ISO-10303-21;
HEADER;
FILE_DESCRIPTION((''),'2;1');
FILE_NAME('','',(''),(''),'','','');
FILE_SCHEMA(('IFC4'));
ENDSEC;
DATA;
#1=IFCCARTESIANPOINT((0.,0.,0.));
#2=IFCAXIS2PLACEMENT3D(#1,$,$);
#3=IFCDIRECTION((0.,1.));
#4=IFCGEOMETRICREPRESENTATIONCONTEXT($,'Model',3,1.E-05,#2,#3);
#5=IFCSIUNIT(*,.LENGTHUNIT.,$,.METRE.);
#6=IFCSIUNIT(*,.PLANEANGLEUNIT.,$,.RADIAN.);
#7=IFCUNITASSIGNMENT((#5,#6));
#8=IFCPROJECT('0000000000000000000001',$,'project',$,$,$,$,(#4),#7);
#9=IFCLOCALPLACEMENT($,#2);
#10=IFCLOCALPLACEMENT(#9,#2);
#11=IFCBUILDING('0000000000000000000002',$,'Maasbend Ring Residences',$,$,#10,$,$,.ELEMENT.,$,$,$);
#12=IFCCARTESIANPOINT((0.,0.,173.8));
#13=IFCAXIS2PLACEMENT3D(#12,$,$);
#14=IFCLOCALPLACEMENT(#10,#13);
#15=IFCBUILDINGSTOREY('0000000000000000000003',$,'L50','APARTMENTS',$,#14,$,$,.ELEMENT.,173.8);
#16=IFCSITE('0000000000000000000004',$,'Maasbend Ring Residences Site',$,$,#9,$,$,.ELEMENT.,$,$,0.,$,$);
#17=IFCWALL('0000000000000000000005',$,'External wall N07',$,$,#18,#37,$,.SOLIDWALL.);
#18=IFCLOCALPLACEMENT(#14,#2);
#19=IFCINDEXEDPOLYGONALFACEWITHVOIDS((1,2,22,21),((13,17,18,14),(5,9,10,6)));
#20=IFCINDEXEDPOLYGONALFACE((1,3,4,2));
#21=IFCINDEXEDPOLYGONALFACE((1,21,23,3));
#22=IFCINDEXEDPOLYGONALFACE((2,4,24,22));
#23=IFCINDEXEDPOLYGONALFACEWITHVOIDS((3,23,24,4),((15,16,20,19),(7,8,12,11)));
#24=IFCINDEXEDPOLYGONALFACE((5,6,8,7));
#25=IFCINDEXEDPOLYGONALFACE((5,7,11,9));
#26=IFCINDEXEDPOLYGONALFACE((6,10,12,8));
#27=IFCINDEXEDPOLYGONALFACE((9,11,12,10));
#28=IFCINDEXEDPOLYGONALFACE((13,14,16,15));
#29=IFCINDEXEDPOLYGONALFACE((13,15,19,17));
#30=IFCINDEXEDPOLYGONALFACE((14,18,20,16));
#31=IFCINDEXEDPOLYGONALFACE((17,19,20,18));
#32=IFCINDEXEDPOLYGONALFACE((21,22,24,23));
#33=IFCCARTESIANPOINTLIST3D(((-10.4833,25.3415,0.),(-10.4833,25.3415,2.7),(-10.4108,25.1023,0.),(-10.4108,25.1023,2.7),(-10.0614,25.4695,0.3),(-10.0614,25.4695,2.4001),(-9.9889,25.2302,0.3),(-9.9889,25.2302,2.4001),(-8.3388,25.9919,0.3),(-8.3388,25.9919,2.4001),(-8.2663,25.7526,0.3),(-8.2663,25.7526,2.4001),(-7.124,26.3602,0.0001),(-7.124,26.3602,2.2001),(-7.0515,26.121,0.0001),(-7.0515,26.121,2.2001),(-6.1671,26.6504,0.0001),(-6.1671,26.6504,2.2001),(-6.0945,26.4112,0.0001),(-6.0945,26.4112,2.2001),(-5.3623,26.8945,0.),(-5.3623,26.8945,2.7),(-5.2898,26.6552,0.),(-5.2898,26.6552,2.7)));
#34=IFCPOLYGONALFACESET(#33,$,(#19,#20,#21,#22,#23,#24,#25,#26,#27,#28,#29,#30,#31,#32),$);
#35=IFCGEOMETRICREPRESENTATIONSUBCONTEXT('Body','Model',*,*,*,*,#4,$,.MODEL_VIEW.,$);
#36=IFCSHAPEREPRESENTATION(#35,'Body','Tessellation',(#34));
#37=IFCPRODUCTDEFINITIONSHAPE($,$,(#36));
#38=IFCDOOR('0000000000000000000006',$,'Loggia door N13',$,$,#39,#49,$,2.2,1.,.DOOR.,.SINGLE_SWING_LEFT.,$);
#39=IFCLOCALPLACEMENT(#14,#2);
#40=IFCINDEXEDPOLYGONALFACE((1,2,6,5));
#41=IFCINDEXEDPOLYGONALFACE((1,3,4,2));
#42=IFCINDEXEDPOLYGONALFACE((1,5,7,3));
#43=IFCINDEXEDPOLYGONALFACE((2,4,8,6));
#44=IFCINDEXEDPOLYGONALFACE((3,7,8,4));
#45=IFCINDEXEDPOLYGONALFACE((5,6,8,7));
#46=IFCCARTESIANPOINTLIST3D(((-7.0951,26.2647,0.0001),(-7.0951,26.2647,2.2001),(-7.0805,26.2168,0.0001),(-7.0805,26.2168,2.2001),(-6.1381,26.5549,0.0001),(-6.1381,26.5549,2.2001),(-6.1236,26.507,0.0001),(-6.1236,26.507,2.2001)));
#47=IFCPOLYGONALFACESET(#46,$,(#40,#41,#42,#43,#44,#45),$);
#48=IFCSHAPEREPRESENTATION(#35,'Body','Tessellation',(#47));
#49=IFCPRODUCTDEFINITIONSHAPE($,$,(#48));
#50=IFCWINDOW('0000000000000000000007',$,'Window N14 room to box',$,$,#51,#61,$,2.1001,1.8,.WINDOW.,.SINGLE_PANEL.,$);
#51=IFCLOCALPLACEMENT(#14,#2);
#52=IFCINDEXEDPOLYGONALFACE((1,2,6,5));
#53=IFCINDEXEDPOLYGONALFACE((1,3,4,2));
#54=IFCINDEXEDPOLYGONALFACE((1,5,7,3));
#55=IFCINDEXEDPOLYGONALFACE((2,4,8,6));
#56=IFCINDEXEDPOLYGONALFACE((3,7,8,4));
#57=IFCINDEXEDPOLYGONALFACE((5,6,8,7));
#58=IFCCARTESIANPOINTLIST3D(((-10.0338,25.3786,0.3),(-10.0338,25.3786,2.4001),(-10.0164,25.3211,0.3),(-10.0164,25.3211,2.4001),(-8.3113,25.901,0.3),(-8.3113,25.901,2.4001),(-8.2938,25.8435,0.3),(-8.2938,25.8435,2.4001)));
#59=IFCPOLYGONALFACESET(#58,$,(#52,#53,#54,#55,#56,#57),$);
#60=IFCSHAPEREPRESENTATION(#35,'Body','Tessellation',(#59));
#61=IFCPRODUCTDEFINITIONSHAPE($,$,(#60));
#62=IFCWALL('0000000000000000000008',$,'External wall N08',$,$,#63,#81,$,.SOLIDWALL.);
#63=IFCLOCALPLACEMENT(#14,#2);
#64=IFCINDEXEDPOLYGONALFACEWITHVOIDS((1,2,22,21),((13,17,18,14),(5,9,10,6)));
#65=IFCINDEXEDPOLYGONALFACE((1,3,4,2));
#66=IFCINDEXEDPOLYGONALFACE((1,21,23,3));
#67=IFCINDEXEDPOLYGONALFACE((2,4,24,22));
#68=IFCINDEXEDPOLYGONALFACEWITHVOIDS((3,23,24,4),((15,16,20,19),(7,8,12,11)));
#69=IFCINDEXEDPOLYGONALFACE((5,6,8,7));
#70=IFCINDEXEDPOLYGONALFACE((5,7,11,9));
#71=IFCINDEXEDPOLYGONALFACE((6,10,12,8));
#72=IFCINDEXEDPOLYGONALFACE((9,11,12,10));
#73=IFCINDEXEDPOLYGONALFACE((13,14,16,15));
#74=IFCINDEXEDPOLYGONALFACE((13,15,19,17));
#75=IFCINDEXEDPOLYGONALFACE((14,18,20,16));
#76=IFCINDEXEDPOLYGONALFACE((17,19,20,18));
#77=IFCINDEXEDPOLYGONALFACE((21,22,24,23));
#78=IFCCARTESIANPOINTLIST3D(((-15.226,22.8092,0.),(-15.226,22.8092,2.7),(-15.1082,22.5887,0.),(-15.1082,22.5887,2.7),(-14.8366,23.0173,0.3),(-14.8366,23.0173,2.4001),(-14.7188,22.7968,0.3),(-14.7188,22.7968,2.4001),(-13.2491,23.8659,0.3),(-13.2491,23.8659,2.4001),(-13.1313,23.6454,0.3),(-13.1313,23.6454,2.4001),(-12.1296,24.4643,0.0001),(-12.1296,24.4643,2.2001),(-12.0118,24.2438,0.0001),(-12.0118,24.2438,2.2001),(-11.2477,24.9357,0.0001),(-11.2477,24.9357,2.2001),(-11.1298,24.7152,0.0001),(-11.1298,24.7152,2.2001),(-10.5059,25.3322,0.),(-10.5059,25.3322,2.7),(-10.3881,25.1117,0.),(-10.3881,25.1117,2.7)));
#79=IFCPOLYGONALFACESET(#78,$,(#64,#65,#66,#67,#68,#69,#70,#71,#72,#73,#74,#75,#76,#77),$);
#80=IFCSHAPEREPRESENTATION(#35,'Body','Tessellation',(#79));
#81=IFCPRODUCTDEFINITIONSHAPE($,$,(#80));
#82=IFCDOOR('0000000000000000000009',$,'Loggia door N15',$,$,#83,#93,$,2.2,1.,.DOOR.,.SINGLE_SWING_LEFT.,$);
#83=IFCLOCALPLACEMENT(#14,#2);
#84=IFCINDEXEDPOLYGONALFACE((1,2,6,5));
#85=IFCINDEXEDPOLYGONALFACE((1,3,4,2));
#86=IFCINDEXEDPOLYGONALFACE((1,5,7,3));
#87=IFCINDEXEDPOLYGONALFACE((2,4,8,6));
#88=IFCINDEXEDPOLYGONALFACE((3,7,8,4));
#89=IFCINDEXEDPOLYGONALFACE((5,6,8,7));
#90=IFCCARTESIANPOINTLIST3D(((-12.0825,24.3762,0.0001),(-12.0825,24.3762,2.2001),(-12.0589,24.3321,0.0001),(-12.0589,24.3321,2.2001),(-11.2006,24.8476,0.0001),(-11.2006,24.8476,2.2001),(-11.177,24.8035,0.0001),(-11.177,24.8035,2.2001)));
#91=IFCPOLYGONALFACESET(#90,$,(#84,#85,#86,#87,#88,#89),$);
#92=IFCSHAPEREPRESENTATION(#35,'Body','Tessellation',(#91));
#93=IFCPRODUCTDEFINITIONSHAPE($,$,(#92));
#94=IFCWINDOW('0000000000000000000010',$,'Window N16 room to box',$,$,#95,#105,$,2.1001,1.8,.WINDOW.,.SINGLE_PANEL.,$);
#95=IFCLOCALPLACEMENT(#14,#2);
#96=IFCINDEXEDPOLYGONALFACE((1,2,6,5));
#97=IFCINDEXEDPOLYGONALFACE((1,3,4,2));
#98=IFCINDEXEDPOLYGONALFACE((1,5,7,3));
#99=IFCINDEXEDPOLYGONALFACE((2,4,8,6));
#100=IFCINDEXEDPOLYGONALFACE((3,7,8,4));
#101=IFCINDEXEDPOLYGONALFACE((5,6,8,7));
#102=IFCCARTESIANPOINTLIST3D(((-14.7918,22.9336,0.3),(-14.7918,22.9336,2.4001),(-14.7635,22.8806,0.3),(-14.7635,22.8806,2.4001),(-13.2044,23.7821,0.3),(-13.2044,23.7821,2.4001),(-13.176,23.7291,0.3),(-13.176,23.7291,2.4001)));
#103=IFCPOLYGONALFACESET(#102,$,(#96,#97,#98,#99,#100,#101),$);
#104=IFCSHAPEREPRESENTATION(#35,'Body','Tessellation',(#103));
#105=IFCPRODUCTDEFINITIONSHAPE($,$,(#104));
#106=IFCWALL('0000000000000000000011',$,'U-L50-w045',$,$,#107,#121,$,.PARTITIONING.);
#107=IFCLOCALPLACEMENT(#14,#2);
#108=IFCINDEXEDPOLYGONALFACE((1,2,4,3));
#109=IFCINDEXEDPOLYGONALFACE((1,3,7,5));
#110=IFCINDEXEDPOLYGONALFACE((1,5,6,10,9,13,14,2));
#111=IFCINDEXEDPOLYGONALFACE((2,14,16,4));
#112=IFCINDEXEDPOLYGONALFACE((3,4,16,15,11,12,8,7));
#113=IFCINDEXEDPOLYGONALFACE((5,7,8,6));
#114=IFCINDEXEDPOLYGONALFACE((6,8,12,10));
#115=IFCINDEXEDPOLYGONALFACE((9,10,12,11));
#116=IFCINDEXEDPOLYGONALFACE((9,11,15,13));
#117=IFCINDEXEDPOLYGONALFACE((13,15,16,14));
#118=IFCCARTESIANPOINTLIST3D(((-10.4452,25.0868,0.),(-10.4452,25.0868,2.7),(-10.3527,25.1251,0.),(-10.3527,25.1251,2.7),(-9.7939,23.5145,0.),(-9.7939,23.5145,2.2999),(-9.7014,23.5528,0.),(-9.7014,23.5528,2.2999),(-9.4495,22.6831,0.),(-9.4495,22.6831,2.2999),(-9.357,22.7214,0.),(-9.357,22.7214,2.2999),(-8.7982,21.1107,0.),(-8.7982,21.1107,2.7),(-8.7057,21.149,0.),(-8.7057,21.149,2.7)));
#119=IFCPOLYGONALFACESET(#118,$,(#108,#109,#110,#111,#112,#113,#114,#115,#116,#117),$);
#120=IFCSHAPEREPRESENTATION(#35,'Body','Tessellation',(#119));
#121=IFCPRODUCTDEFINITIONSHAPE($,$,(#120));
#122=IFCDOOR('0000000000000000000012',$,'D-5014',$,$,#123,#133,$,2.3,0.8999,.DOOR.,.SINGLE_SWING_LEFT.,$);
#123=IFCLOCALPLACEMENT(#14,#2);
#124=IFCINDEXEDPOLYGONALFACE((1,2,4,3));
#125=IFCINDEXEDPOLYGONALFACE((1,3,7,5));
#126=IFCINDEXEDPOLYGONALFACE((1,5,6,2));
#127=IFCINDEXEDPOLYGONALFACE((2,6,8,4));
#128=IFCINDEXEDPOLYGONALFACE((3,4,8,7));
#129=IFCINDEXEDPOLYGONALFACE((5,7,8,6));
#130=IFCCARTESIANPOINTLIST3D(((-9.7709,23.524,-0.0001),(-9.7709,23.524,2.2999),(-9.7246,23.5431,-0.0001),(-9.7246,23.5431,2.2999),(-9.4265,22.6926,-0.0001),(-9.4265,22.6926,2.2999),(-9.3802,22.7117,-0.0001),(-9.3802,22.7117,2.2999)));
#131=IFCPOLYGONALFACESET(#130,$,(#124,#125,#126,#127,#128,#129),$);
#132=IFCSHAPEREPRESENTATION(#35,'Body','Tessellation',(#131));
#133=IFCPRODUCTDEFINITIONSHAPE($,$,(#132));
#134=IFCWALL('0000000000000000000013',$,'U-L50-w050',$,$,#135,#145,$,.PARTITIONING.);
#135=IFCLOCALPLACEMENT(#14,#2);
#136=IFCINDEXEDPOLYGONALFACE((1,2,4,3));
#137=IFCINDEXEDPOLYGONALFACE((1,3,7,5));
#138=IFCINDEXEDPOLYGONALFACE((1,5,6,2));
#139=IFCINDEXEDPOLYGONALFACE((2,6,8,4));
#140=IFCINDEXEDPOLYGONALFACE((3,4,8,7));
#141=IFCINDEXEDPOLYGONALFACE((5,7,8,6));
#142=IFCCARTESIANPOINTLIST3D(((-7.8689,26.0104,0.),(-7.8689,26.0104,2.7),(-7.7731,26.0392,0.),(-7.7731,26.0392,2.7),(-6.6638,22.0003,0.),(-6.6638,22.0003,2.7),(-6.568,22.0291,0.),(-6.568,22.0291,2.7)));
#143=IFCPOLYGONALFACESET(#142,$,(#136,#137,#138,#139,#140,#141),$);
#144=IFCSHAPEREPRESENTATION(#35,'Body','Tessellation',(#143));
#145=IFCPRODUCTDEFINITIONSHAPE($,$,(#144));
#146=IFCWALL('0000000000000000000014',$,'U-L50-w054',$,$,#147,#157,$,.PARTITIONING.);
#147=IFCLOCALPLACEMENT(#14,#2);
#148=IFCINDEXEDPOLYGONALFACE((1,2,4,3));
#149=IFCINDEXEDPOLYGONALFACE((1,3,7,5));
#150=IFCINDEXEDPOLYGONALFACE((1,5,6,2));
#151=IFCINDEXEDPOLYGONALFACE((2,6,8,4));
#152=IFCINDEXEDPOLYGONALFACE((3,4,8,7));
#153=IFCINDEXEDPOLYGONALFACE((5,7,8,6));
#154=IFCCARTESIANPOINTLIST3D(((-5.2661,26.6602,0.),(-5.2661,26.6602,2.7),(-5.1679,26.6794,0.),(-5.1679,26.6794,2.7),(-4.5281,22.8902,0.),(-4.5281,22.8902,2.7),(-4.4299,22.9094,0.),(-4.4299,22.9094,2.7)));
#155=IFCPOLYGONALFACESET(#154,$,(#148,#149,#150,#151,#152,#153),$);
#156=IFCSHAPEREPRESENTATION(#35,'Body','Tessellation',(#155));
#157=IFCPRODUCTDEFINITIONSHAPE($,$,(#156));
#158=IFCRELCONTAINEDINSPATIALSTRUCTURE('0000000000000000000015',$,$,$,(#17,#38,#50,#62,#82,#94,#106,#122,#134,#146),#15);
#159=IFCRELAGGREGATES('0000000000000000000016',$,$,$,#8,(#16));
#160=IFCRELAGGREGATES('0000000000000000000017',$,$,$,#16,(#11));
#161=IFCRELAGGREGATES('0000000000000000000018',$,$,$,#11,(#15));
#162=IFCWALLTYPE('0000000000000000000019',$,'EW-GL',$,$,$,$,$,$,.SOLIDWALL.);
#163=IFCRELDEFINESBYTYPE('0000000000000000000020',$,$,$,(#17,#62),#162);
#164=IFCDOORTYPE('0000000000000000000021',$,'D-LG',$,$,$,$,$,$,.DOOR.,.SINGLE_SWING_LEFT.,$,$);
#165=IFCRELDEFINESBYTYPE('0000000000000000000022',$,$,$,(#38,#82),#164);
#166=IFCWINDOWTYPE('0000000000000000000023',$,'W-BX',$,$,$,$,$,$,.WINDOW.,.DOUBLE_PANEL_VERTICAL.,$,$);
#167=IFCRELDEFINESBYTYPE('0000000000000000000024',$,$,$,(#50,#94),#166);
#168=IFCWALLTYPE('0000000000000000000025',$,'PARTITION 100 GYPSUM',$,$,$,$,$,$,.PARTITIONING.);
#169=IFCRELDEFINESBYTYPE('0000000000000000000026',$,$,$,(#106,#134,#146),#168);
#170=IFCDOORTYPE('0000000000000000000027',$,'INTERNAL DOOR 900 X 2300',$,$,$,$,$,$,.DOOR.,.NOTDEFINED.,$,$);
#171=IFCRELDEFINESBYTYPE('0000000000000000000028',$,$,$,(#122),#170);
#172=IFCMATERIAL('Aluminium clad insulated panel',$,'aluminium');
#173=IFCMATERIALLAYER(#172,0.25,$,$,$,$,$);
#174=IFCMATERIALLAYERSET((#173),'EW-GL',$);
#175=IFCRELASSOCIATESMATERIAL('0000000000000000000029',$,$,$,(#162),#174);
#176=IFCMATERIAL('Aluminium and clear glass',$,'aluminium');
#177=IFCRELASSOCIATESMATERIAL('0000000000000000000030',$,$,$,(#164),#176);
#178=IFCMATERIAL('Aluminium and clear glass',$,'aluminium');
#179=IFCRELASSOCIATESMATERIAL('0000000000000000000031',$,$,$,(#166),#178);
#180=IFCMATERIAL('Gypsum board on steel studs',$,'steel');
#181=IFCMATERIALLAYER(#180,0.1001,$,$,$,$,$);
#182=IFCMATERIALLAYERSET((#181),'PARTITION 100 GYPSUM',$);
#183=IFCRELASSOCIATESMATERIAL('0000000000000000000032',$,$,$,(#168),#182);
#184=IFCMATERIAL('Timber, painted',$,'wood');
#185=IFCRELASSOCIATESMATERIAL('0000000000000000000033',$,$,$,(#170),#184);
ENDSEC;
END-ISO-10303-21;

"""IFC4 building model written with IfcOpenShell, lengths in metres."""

from ifc_helpers import new_model, si_unit, direction, frame, frame_2d, origin, place, context, subcontext, project, spatial, rectangle, extrude, material, layer, layer_set, type_object, element, fill, save


model = new_model("IFC4")

# Units and contexts
model_context = context("Model", 3, precision=1e-05, world=origin(), true_north=direction((0.0, 1.0)))
body_context = subcontext(model_context, "Body", "Model", "MODEL_VIEW")
ifc_project = project(units=[si_unit("LENGTHUNIT", "METRE"), si_unit("PLANEANGLEUNIT", "RADIAN")], contexts=[model_context])

# Site, building, storey
site_placement = place(None, origin())
site = spatial("IfcSite", under=ifc_project, at=site_placement, Name="Maasbend Ring Residences Site", CompositionType="ELEMENT", RefElevation=0.0)
building_placement = place(site_placement, origin())
building = spatial("IfcBuilding", under=site, at=building_placement, Name="Maasbend Ring Residences", CompositionType="ELEMENT")
storey_placement = place(building_placement, frame((0.0, 0.0, 173.8)))
storey = spatial("IfcBuildingStorey", under=building, at=storey_placement, Name="L50", Description="APARTMENTS", CompositionType="ELEMENT", Elevation=173.8)

# Walls, openings, doors, windows
ifc_material_1 = material(Name="Aluminium clad insulated panel", Category="aluminium")
ifc_layer_1 = layer(ifc_material_1, 0.25)
ifc_layer_set_1 = layer_set([ifc_layer_1], Name="EW-GL")
wall_type_1 = type_object("IfcWallType", Name="EW-GL", PredefinedType="SOLIDWALL", material=ifc_layer_set_1)
wall_1_placement = place(storey_placement, frame((-5.3259, 26.7749, 0.0), z_axis=(0.0, 0.0, 1.0), x_axis=(-0.956966, -0.290201, 0.0)))
wall_1 = element("IfcWall", 1, at=wall_1_placement, inside=storey, type_object=wall_type_1, Name="External wall N07", PredefinedType="SOLIDWALL", context=body_context, shape_type="SweptSolid", body=[
    extrude(rectangle(XDim=5.3513, YDim=0.25, at=frame_2d((2.6758, 0.0))), origin(), (0.0, 0.0, 1.0), 2.7),
])
opening_1_placement = place(wall_1_placement, frame((0.8411, 0.0, 0.0)))
opening_1 = element("IfcOpeningElement", 2, at=opening_1_placement, cuts=wall_1, PredefinedType="OPENING", context=body_context, shape_type="SweptSolid", body=[
    extrude(rectangle(XDim=1.0, YDim=2.2, at=frame_2d((0.5, 1.1001))), frame((0.0, 0.135, 0.0), z_axis=(0.0, -1.0, 0.0), x_axis=(1.0, 0.0, 0.0)), (0.0, 0.0, 1.0), 0.27),
])
opening_2_placement = place(wall_1_placement, frame((3.1106, 0.0, 0.3)))
opening_2 = element("IfcOpeningElement", 3, at=opening_2_placement, cuts=wall_1, PredefinedType="OPENING", context=body_context, shape_type="SweptSolid", body=[
    extrude(rectangle(XDim=1.8, YDim=2.1001, at=frame_2d((0.8999, 1.05))), frame((0.0, 0.135, 0.0), z_axis=(0.0, -1.0, 0.0), x_axis=(1.0, 0.0, 0.0)), (0.0, 0.0, 1.0), 0.27),
])
ifc_material_2 = material(Name="Aluminium and clear glass", Category="aluminium")
door_type_1 = type_object("IfcDoorType", Name="D-LG", OperationType="SINGLE_SWING_LEFT", PredefinedType="DOOR", material=ifc_material_2)
door_1_placement = place(opening_1_placement, origin())
door_1 = element("IfcDoor", 4, at=door_1_placement, inside=storey, type_object=door_type_1, Name="Loggia door N13", OperationType="SINGLE_SWING_LEFT", OverallHeight=2.2, OverallWidth=1.0, PredefinedType="DOOR", context=body_context, shape_type="SweptSolid", body=[
    extrude(rectangle(XDim=1.0, YDim=2.2, at=frame_2d((0.5, 1.1001))), frame((0.0, 0.0249, 0.0), z_axis=(0.0, -1.0, 0.0), x_axis=(1.0, 0.0, 0.0)), (0.0, 0.0, 1.0), 0.05),
])
fill(opening_1, door_1)
ifc_material_3 = material(Name="Aluminium and clear glass", Category="aluminium")
window_type_1 = type_object("IfcWindowType", Name="W-BX", PartitioningType="DOUBLE_PANEL_VERTICAL", PredefinedType="WINDOW", material=ifc_material_3)
window_1_placement = place(opening_2_placement, origin())
window_1 = element("IfcWindow", 5, at=window_1_placement, inside=storey, type_object=window_type_1, Name="Window N14 room to box", OverallHeight=2.1001, OverallWidth=1.8, PartitioningType="SINGLE_PANEL", PredefinedType="WINDOW", context=body_context, shape_type="SweptSolid", body=[
    extrude(rectangle(XDim=1.8, YDim=2.1001, at=frame_2d((0.8999, 1.05))), frame((0.0, 0.03, 0.0), z_axis=(0.0, -1.0, 0.0), x_axis=(1.0, 0.0, 0.0)), (0.0, 0.0, 1.0), 0.0601),
])
fill(opening_2, window_1)
wall_2_placement = place(storey_placement, frame((-10.447, 25.2219, 0.0), z_axis=(0.0, 0.0, 1.0), x_axis=(-0.881916, -0.471407, 0.0)))
wall_2 = element("IfcWall", 6, at=wall_2_placement, inside=storey, type_object=wall_type_1, Name="External wall N08", PredefinedType="SOLIDWALL", context=body_context, shape_type="SweptSolid", body=[
    extrude(rectangle(XDim=5.3521, YDim=0.25, at=frame_2d((2.676, 0.0))), origin(), (0.0, 0.0, 1.0), 2.7),
])
opening_3_placement = place(wall_2_placement, frame((0.8411, 0.0, 0.0)))
opening_3 = element("IfcOpeningElement", 7, at=opening_3_placement, cuts=wall_2, PredefinedType="OPENING", context=body_context, shape_type="SweptSolid", body=[
    extrude(rectangle(XDim=1.0, YDim=2.2, at=frame_2d((0.5, 1.1001))), frame((0.0, 0.135, 0.0), z_axis=(0.0, -1.0, 0.0), x_axis=(1.0, 0.0, 0.0)), (0.0, 0.0, 1.0), 0.27),
])
opening_4_placement = place(wall_2_placement, frame((3.1106, 0.0, 0.3)))
opening_4 = element("IfcOpeningElement", 8, at=opening_4_placement, cuts=wall_2, PredefinedType="OPENING", context=body_context, shape_type="SweptSolid", body=[
    extrude(rectangle(XDim=1.8, YDim=2.1001, at=frame_2d((0.8999, 1.05))), frame((0.0, 0.135, 0.0), z_axis=(0.0, -1.0, 0.0), x_axis=(1.0, 0.0, 0.0)), (0.0, 0.0, 1.0), 0.27),
])
door_2_placement = place(opening_3_placement, origin())
door_2 = element("IfcDoor", 9, at=door_2_placement, inside=storey, type_object=door_type_1, Name="Loggia door N15", OperationType="SINGLE_SWING_LEFT", OverallHeight=2.2, OverallWidth=1.0, PredefinedType="DOOR", context=body_context, shape_type="SweptSolid", body=[
    extrude(rectangle(XDim=1.0, YDim=2.2, at=frame_2d((0.5, 1.1001))), frame((0.0, 0.0249, 0.0), z_axis=(0.0, -1.0, 0.0), x_axis=(1.0, 0.0, 0.0)), (0.0, 0.0, 1.0), 0.05),
])
fill(opening_3, door_2)
window_2_placement = place(opening_4_placement, origin())
window_2 = element("IfcWindow", 10, at=window_2_placement, inside=storey, type_object=window_type_1, Name="Window N16 room to box", OverallHeight=2.1001, OverallWidth=1.8, PartitioningType="SINGLE_PANEL", PredefinedType="WINDOW", context=body_context, shape_type="SweptSolid", body=[
    extrude(rectangle(XDim=1.8, YDim=2.1001, at=frame_2d((0.8999, 1.05))), frame((0.0, 0.03, 0.0), z_axis=(0.0, -1.0, 0.0), x_axis=(1.0, 0.0, 0.0)), (0.0, 0.0, 1.0), 0.0601),
])
fill(opening_4, window_2)

# Wall, opening, door
ifc_material_4 = material(Name="Gypsum board on steel studs", Category="steel")
ifc_layer_2 = layer(ifc_material_4, 0.1001)
ifc_layer_set_2 = layer_set([ifc_layer_2], Name="PARTITION 100 GYPSUM")
wall_type_2 = type_object("IfcWallType", Name="PARTITION 100 GYPSUM", PredefinedType="PARTITIONING", material=ifc_layer_set_2)
wall_3_placement = place(storey_placement, frame((-10.3989, 25.106, 0.0), z_axis=(0.0, 0.0, 1.0), x_axis=(0.382689, -0.923877, 0.0)))
wall_3 = element("IfcWall", 11, at=wall_3_placement, inside=storey, type_object=wall_type_2, Name="U-L50-w045", PredefinedType="PARTITIONING", context=body_context, shape_type="SweptSolid", body=[
    extrude(rectangle(XDim=4.3037, YDim=0.1001, at=frame_2d((2.1519, 0.0))), origin(), (0.0, 0.0, 1.0), 2.7),
])
opening_5_placement = place(wall_3_placement, frame((1.7019, 0.0, 0.0)))
opening_5 = element("IfcOpeningElement", 12, at=opening_5_placement, cuts=wall_3, PredefinedType="OPENING", context=body_context, shape_type="SweptSolid", body=[
    extrude(rectangle(XDim=0.8999, YDim=2.3, at=frame_2d((0.45, 1.1499))), frame((0.0, 0.0601, 0.0), z_axis=(0.0, -1.0, 0.0), x_axis=(1.0, 0.0, 0.0)), (0.0, 0.0, 1.0), 0.1201),
])
ifc_material_5 = material(Name="Timber, painted", Category="wood")
door_type_2 = type_object("IfcDoorType", Name="INTERNAL DOOR 900 X 2300", OperationType="NOTDEFINED", PredefinedType="DOOR", material=ifc_material_5)
door_3_placement = place(opening_5_placement, origin())
door_3 = element("IfcDoor", 13, at=door_3_placement, inside=storey, type_object=door_type_2, Name="D-5014", OperationType="SINGLE_SWING_LEFT", OverallHeight=2.3, OverallWidth=0.8999, PredefinedType="DOOR", context=body_context, shape_type="SweptSolid", body=[
    extrude(rectangle(XDim=0.8999, YDim=2.3, at=frame_2d((0.45, 1.1499))), frame((0.0, 0.0249, 0.0), z_axis=(0.0, -1.0, 0.0), x_axis=(1.0, 0.0, 0.0)), (0.0, 0.0, 1.0), 0.05),
])
fill(opening_5, door_3)

# Walls
wall_4_placement = place(storey_placement, frame((-7.821, 26.0249, 0.0), z_axis=(0.0, 0.0, 1.0), x_axis=(0.287803, -0.95769, 0.0)))
element("IfcWall", 14, at=wall_4_placement, inside=storey, type_object=wall_type_2, Name="U-L50-w050", PredefinedType="PARTITIONING", context=body_context, shape_type="SweptSolid", body=[
    extrude(rectangle(XDim=4.1873, YDim=0.1001, at=frame_2d((2.0938, 0.0))), origin(), (0.0, 0.0, 1.0), 2.7),
])
wall_5_placement = place(storey_placement, frame((-5.217, 26.6699, 0.0), z_axis=(0.0, 0.0, 1.0), x_axis=(0.192118, -0.981372, 0.0)))
element("IfcWall", 15, at=wall_5_placement, inside=storey, type_object=wall_type_2, Name="U-L50-w054", PredefinedType="PARTITIONING", context=body_context, shape_type="SweptSolid", body=[
    extrude(rectangle(XDim=3.8416, YDim=0.1001, at=frame_2d((1.9209, 0.0))), origin(), (0.0, 0.0, 1.0), 2.7),
])

save(model, "model.ifc")
